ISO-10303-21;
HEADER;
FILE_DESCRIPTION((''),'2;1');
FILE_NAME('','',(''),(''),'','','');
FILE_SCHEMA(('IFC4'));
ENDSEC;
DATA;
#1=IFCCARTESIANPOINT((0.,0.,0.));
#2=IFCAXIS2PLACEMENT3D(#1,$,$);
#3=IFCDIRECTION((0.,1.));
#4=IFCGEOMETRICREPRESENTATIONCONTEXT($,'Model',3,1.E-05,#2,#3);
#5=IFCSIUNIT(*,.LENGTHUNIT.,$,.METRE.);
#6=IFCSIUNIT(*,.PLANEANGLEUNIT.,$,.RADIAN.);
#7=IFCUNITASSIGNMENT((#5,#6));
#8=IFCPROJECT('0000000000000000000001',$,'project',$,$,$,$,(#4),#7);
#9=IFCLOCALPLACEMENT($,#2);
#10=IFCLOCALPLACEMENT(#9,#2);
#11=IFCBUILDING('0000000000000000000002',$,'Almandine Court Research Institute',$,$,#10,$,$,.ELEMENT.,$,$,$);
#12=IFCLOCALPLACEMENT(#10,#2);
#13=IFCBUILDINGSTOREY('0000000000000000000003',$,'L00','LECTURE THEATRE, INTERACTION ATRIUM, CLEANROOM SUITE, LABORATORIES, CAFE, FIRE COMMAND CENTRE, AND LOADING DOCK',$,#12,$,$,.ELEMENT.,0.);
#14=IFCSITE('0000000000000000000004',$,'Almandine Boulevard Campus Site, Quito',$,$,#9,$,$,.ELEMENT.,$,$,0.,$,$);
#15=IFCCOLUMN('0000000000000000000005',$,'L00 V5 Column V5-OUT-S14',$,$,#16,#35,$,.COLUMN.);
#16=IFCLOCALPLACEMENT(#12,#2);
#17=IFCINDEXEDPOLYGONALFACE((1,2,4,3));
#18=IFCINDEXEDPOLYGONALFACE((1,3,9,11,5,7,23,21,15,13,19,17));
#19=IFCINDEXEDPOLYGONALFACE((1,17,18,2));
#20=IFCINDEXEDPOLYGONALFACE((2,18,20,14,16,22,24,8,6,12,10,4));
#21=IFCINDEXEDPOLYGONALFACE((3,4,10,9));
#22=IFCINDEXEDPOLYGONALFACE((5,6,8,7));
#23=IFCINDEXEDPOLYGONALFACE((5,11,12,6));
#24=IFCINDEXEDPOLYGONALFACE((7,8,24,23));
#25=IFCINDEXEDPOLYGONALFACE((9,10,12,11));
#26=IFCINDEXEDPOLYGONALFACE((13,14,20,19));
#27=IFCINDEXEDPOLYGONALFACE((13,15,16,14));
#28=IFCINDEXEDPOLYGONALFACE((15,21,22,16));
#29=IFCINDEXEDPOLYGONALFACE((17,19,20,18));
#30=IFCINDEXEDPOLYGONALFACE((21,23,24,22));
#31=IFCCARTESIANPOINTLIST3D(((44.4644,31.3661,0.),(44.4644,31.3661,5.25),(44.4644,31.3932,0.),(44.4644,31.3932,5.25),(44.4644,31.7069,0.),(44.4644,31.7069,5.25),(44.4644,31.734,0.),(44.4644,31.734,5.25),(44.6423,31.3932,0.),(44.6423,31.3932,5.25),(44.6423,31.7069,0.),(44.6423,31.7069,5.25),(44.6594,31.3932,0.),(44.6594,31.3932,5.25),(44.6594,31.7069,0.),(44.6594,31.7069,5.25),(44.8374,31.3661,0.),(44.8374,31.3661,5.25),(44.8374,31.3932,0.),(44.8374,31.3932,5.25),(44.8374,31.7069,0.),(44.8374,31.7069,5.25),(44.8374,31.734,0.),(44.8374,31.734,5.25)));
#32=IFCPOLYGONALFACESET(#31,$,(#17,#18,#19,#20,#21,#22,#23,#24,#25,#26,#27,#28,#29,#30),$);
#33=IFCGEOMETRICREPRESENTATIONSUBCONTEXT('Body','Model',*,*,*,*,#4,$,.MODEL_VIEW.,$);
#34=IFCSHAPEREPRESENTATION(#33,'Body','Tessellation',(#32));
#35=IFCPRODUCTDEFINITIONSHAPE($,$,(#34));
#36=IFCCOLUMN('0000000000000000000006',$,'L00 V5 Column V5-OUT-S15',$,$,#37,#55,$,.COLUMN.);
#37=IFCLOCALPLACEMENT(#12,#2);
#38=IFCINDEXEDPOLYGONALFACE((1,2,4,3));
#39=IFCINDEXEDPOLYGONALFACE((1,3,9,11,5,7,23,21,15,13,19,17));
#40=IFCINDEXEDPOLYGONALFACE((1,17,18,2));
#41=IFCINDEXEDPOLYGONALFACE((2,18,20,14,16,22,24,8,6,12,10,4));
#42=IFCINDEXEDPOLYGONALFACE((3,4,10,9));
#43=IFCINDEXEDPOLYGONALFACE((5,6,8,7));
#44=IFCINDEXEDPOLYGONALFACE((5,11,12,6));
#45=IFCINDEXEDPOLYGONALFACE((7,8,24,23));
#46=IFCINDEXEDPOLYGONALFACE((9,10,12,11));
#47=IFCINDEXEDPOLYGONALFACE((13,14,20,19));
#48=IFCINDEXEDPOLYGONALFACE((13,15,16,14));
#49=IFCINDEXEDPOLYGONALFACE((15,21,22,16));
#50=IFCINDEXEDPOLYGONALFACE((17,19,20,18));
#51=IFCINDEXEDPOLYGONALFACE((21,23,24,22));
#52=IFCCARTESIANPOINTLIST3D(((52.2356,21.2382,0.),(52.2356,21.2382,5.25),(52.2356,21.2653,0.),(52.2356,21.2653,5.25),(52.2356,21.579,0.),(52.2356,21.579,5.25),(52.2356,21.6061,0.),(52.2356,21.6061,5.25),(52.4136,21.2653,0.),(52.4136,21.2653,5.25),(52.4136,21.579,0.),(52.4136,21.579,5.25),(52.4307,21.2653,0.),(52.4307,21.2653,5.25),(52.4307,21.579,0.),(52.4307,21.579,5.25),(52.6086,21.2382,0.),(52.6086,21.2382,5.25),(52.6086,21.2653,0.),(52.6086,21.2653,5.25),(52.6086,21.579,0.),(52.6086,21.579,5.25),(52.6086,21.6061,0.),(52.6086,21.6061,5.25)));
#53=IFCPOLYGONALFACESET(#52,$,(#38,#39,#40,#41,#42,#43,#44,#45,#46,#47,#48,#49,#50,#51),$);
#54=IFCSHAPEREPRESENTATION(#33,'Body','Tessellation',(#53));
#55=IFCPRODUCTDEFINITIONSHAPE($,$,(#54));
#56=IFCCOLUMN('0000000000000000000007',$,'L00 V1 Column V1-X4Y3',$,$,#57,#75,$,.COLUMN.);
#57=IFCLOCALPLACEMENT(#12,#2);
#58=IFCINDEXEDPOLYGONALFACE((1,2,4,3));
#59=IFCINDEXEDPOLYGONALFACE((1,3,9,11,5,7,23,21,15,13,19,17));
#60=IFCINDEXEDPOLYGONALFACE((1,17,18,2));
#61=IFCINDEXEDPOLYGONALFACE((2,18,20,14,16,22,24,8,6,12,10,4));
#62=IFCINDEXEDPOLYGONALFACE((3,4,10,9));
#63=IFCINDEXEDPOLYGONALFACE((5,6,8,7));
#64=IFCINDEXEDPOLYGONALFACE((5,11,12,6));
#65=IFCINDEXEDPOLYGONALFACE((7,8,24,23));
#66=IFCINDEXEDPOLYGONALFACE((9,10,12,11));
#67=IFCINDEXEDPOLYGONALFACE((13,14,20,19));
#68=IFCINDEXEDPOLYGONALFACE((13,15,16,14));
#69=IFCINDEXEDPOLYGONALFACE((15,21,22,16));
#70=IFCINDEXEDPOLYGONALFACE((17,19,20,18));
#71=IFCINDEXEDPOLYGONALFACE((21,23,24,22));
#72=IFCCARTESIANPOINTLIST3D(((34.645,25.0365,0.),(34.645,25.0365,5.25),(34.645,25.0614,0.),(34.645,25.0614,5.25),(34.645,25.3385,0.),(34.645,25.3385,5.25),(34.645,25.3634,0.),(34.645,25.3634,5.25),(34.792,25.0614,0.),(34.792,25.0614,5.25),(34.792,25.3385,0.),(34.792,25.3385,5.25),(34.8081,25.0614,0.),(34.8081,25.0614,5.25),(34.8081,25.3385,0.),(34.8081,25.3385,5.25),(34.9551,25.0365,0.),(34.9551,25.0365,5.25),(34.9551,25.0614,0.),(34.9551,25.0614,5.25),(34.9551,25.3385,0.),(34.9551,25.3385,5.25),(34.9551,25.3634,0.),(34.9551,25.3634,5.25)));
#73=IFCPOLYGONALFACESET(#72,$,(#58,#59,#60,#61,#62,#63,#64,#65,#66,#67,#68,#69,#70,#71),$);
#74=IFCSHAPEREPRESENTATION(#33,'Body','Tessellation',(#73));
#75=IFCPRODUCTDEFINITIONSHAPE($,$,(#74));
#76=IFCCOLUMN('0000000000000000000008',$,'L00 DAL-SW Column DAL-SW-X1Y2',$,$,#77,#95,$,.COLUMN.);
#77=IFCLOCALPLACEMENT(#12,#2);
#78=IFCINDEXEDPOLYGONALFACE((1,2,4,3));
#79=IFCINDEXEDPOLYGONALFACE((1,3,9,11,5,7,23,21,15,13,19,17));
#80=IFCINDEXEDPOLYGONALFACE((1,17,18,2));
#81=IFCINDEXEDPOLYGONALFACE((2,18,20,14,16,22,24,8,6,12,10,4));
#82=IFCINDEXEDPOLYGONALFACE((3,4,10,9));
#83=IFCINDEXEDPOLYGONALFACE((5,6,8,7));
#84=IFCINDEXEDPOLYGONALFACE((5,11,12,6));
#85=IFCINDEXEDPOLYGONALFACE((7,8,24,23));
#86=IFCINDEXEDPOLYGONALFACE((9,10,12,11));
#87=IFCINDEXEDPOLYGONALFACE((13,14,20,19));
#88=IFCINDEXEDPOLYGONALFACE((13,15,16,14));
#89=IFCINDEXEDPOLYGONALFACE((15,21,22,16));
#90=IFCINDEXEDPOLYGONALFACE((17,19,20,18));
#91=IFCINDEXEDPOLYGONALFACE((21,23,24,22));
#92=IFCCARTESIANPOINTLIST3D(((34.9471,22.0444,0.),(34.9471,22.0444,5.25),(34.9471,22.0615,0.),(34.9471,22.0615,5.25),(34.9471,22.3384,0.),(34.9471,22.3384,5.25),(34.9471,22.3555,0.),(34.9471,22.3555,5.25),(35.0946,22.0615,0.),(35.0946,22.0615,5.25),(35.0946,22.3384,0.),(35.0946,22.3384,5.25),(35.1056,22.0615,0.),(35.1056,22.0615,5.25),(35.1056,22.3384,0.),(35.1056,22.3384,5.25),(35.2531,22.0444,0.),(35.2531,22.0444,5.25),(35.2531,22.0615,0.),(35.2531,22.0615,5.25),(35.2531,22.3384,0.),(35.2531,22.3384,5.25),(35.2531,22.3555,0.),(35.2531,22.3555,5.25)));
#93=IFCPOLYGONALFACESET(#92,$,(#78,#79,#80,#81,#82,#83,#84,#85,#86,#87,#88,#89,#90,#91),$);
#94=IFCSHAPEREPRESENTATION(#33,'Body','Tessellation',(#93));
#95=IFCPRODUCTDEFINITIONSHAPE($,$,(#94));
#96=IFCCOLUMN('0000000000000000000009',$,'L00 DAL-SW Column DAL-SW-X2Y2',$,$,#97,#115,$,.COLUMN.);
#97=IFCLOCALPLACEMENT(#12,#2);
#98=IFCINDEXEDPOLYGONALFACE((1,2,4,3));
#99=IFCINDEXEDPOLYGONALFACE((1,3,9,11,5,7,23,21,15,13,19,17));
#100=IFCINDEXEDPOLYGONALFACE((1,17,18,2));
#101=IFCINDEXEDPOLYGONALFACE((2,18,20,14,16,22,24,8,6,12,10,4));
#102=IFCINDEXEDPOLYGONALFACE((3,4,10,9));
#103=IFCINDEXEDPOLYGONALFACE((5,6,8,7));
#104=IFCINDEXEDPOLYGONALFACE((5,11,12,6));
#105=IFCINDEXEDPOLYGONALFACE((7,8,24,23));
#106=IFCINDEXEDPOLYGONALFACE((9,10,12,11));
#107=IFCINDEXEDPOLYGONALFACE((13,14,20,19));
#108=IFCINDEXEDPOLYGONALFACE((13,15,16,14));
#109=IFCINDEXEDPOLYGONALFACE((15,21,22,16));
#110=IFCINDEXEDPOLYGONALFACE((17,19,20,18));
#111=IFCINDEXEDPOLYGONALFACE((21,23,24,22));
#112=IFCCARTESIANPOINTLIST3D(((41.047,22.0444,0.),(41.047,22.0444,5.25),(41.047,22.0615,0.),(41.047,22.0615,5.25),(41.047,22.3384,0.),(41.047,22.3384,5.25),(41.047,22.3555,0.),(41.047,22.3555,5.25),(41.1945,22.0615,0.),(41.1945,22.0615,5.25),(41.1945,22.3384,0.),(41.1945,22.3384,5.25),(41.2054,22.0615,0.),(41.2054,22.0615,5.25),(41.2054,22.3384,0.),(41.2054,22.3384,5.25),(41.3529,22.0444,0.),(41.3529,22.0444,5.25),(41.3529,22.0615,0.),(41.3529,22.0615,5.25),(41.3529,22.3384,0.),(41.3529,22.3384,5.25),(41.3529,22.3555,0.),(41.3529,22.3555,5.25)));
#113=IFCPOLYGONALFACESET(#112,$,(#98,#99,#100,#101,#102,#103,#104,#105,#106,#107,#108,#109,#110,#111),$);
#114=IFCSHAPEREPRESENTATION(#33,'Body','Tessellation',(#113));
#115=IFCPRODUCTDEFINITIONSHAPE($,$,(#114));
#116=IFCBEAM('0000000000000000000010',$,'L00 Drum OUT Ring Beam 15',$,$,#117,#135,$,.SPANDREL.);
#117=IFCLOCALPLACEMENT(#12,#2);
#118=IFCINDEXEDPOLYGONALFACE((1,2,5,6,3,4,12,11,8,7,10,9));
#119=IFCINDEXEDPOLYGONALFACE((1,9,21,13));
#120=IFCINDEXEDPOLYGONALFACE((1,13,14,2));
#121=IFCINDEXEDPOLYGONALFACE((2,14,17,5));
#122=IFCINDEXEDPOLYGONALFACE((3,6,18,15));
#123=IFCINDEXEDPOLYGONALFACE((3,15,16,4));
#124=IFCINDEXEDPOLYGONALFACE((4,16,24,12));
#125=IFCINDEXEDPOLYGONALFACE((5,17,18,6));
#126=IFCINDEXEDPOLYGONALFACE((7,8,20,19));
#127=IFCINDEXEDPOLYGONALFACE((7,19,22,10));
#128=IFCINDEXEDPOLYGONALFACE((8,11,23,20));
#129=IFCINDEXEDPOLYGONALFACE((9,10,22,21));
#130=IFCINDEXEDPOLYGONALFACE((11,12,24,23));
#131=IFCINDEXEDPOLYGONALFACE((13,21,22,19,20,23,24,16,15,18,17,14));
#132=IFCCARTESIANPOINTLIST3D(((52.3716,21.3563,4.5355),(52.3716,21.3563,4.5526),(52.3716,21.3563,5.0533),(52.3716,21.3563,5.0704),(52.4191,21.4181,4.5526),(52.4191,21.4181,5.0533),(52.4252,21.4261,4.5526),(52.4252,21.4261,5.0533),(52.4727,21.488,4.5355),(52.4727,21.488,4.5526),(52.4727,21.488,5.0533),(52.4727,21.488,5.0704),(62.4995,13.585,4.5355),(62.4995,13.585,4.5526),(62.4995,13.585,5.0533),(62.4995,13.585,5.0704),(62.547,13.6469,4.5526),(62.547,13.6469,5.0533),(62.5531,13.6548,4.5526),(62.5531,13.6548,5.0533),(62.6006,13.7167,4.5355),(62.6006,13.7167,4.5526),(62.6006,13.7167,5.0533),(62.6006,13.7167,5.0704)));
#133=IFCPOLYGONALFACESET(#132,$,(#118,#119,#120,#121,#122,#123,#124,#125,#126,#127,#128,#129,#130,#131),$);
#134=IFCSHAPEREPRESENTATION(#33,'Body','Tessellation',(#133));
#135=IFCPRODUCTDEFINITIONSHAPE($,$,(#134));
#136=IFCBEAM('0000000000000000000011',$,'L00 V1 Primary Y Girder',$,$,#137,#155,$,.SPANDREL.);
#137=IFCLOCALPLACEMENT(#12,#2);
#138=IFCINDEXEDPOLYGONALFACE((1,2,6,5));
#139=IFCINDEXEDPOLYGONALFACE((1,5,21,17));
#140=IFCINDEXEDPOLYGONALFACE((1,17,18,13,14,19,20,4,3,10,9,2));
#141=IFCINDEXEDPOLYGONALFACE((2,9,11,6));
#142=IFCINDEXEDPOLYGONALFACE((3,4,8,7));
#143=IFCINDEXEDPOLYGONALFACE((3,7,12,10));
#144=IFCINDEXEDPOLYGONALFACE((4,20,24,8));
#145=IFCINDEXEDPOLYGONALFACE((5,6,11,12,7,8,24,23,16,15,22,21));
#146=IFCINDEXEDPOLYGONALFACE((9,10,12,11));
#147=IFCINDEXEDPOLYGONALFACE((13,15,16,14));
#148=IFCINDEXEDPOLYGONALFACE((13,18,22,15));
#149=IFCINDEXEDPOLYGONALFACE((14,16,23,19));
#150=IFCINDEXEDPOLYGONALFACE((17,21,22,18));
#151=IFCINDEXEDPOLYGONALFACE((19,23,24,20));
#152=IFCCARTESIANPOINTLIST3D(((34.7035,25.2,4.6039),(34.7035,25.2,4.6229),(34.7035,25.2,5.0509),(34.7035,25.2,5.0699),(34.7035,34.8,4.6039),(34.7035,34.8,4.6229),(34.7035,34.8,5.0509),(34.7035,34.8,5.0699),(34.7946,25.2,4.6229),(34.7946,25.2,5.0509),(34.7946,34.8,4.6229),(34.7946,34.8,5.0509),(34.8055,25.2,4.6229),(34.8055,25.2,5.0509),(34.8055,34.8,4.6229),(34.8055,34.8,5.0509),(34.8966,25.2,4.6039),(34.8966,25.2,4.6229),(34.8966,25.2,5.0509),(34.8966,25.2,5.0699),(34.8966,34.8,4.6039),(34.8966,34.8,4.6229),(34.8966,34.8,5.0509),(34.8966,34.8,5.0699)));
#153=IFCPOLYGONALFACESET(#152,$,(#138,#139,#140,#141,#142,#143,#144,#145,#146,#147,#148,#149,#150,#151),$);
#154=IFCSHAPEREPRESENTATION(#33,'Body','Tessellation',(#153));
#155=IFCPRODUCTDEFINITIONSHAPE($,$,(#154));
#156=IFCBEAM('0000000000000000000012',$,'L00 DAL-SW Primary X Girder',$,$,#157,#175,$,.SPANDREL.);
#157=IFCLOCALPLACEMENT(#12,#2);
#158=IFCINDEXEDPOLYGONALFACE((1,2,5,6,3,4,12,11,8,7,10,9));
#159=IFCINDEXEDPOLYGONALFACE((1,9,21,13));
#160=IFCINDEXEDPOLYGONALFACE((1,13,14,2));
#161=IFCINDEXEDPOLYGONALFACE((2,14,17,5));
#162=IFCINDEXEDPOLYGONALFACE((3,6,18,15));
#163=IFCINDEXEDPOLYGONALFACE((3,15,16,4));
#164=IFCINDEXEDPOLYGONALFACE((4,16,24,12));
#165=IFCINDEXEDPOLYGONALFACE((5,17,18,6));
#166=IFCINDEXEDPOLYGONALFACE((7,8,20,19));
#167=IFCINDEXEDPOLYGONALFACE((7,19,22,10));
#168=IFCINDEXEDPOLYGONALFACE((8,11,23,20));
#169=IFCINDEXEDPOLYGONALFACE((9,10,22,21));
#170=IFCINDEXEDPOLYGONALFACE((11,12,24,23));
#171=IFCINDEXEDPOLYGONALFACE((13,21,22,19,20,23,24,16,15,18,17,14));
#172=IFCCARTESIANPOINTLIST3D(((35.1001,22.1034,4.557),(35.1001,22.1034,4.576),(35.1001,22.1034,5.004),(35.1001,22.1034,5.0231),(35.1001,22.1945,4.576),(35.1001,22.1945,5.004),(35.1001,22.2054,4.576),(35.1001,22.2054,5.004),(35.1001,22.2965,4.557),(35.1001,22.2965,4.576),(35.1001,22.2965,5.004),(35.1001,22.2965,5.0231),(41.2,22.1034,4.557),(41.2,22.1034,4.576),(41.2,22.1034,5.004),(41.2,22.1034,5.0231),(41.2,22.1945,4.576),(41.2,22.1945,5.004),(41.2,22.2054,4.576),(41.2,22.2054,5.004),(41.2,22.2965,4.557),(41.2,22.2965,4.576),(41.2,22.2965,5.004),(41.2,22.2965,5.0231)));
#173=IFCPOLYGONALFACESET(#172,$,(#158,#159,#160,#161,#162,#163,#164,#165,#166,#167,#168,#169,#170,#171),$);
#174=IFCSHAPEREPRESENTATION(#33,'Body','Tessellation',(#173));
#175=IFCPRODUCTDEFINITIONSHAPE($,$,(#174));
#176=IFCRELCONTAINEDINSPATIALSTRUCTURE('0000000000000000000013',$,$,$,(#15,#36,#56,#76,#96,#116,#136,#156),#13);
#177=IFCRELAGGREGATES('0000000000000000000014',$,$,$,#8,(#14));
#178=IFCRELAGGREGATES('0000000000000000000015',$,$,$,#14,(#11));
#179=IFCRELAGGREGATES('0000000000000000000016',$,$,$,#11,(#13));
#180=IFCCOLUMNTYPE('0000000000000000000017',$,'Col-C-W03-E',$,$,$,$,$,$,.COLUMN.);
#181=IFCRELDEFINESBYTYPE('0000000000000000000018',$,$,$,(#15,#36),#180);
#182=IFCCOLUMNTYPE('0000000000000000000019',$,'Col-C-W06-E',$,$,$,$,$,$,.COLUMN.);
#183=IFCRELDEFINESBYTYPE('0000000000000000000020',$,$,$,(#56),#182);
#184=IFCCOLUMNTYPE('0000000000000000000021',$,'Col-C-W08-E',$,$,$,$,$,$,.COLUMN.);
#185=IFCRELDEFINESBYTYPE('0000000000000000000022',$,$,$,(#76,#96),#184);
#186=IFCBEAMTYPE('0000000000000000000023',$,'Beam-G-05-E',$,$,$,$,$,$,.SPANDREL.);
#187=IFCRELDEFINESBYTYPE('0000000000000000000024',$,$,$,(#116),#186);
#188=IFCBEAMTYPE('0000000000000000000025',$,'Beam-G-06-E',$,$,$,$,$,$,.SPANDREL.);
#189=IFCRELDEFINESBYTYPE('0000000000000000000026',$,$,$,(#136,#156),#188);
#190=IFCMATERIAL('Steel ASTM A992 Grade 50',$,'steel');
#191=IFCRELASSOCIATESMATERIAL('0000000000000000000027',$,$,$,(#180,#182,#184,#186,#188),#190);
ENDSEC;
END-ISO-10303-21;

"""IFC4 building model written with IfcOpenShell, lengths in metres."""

from ifc_helpers import new_model, si_unit, direction, frame, origin, origin_2d, place, context, subcontext, project, spatial, i_section, extrude, material, material_profile, profile_set, type_object, element, save


model = new_model("IFC4")

# Units and contexts
model_context = context("Model", 3, precision=1e-05, world=origin(), true_north=direction((0.0, 1.0)))
body_context = subcontext(model_context, "Body", "Model", "MODEL_VIEW")
ifc_project = project(units=[si_unit("LENGTHUNIT", "METRE"), si_unit("PLANEANGLEUNIT", "RADIAN")], contexts=[model_context])

# Site, building, storey
site_placement = place(None, origin())
site = spatial("IfcSite", under=ifc_project, at=site_placement, Name="Almandine Boulevard Campus Site, Quito", CompositionType="ELEMENT", RefElevation=0.0)
building_placement = place(site_placement, origin())
building = spatial("IfcBuilding", under=site, at=building_placement, Name="Almandine Court Research Institute", CompositionType="ELEMENT")
storey_placement = place(building_placement, origin())
storey = spatial("IfcBuildingStorey", under=building, at=storey_placement, Name="L00", Description="LECTURE THEATRE, INTERACTION ATRIUM, CLEANROOM SUITE, LABORATORIES, CAFE, FIRE COMMAND CENTRE, AND LOADING DOCK", CompositionType="ELEMENT", Elevation=0.0)

# Columns
ifc_material_1 = material(Name="Steel ASTM A992 Grade 50", Category="steel")
ifc_material_profile_1 = material_profile(ifc_material_1, i_section(OverallWidth=0.373, OverallDepth=0.3679, WebThickness=0.0171, FlangeThickness=0.0271, at=origin_2d()), Name="W360x179")
ifc_profile_set_1 = profile_set([ifc_material_profile_1], Name="Steel ASTM A992 Grade 50")
column_type_1 = type_object("IfcColumnType", Name="Col-C-W03-E", PredefinedType="COLUMN", material=ifc_profile_set_1)
for number, where, z_axis, x_axis, name in (
    (1, (44.6509, 31.55, 0.0), (0.0, 0.0, 1.0), (1.0, 0.0, 0.0), "L00 V5 Column V5-OUT-S14"),
    (2, (52.4221, 21.4221, 0.0), (0.0, 0.0, 1.0), (1.0, 0.0, 0.0), "L00 V5 Column V5-OUT-S15"),
):
    element("IfcColumn", number, at=place(storey_placement, frame(where, z_axis=z_axis, x_axis=x_axis)), inside=storey, type_object=column_type_1, Name=name, PredefinedType="COLUMN", context=body_context, shape_type="SweptSolid", body=[
        extrude(i_section(OverallWidth=0.373, OverallDepth=0.3679, WebThickness=0.0171, FlangeThickness=0.0271, at=origin_2d()), origin(), (0.0, 0.0, 1.0), 5.25),
    ])
ifc_material_profile_2 = material_profile(ifc_material_1, i_section(OverallWidth=0.3101, OverallDepth=0.3269, WebThickness=0.0161, FlangeThickness=0.0249, at=origin_2d()), Name="W310x158")
ifc_profile_set_2 = profile_set([ifc_material_profile_2], Name="Steel ASTM A992 Grade 50")
column_type_2 = type_object("IfcColumnType", Name="Col-C-W06-E", PredefinedType="COLUMN", material=ifc_profile_set_2)
column_placement = place(storey_placement, frame((34.8, 25.2, 0.0), z_axis=(0.0, 0.0, 1.0), x_axis=(1.0, 0.0, 0.0)))
element("IfcColumn", 3, at=column_placement, inside=storey, type_object=column_type_2, Name="L00 V1 Column V1-X4Y3", PredefinedType="COLUMN", context=body_context, shape_type="SweptSolid", body=[
    extrude(i_section(OverallWidth=0.3101, OverallDepth=0.3269, WebThickness=0.0161, FlangeThickness=0.0249, at=origin_2d()), origin(), (0.0, 0.0, 1.0), 5.25),
])
ifc_material_profile_3 = material_profile(ifc_material_1, i_section(OverallWidth=0.3059, OverallDepth=0.311, WebThickness=0.011, FlangeThickness=0.0171, at=origin_2d()), Name="W310x107")
ifc_profile_set_3 = profile_set([ifc_material_profile_3], Name="Steel ASTM A992 Grade 50")
column_type_3 = type_object("IfcColumnType", Name="Col-C-W08-E", PredefinedType="COLUMN", material=ifc_profile_set_3)
for number, where, z_axis, x_axis, name in (
    (4, (35.1001, 22.2, 0.0), (0.0, 0.0, 1.0), (1.0, 0.0, 0.0), "L00 DAL-SW Column DAL-SW-X1Y2"),
    (5, (41.2, 22.2, 0.0), (0.0, 0.0, 1.0), (1.0, 0.0, 0.0), "L00 DAL-SW Column DAL-SW-X2Y2"),
):
    element("IfcColumn", number, at=place(storey_placement, frame(where, z_axis=z_axis, x_axis=x_axis)), inside=storey, type_object=column_type_3, Name=name, PredefinedType="COLUMN", context=body_context, shape_type="SweptSolid", body=[
        extrude(i_section(OverallWidth=0.3059, OverallDepth=0.311, WebThickness=0.011, FlangeThickness=0.0171, at=origin_2d()), origin(), (0.0, 0.0, 1.0), 5.25),
    ])

# Beams
ifc_material_profile_4 = material_profile(ifc_material_1, i_section(OverallWidth=0.166, OverallDepth=0.5349, WebThickness=0.01, FlangeThickness=0.0171, at=origin_2d()), Name="W530x85")
ifc_profile_set_4 = profile_set([ifc_material_profile_4], Name="Steel ASTM A992 Grade 50")
beam_type_1 = type_object("IfcBeamType", Name="Beam-G-05-E", PredefinedType="SPANDREL", material=ifc_profile_set_4)
beam_1_placement = place(storey_placement, frame((52.4221, 21.4221, 4.803), z_axis=(0.793361, -0.608752, 0.0), x_axis=(0.608752, 0.793361, 0.0)))
element("IfcBeam", 6, at=beam_1_placement, inside=storey, type_object=beam_type_1, Name="L00 Drum OUT Ring Beam 15", PredefinedType="SPANDREL", context=body_context, shape_type="SweptSolid", body=[
    extrude(i_section(OverallWidth=0.166, OverallDepth=0.5349, WebThickness=0.01, FlangeThickness=0.0171, at=origin_2d()), origin(), (0.0, 0.0, 1.0), 12.7659),
])
ifc_material_profile_5 = material_profile(ifc_material_1, i_section(OverallWidth=0.1931, OverallDepth=0.4661, WebThickness=0.011, FlangeThickness=0.019, at=origin_2d()), Name="W460x97")
ifc_profile_set_5 = profile_set([ifc_material_profile_5], Name="Steel ASTM A992 Grade 50")
beam_type_2 = type_object("IfcBeamType", Name="Beam-G-06-E", PredefinedType="SPANDREL", material=ifc_profile_set_5)
beam_2_placement = place(storey_placement, frame((34.8, 25.2, 4.8369), z_axis=(0.0, 1.0, 0.0), x_axis=(-1.0, 0.0, 0.0)))
element("IfcBeam", 7, at=beam_2_placement, inside=storey, type_object=beam_type_2, Name="L00 V1 Primary Y Girder", PredefinedType="SPANDREL", context=body_context, shape_type="SweptSolid", body=[
    extrude(i_section(OverallWidth=0.1931, OverallDepth=0.4661, WebThickness=0.011, FlangeThickness=0.019, at=origin_2d()), origin(), (0.0, 0.0, 1.0), 9.6001),
])
beam_3_placement = place(storey_placement, frame((35.1001, 22.2, 4.79), z_axis=(1.0, 0.0, 0.0), x_axis=(0.0, 1.0, 0.0)))
element("IfcBeam", 8, at=beam_3_placement, inside=storey, type_object=beam_type_2, Name="L00 DAL-SW Primary X Girder", PredefinedType="SPANDREL", context=body_context, shape_type="SweptSolid", body=[
    extrude(i_section(OverallWidth=0.1931, OverallDepth=0.4661, WebThickness=0.011, FlangeThickness=0.019, at=origin_2d()), origin(), (0.0, 0.0, 1.0), 6.0999),
])

save(model, "model.ifc")
